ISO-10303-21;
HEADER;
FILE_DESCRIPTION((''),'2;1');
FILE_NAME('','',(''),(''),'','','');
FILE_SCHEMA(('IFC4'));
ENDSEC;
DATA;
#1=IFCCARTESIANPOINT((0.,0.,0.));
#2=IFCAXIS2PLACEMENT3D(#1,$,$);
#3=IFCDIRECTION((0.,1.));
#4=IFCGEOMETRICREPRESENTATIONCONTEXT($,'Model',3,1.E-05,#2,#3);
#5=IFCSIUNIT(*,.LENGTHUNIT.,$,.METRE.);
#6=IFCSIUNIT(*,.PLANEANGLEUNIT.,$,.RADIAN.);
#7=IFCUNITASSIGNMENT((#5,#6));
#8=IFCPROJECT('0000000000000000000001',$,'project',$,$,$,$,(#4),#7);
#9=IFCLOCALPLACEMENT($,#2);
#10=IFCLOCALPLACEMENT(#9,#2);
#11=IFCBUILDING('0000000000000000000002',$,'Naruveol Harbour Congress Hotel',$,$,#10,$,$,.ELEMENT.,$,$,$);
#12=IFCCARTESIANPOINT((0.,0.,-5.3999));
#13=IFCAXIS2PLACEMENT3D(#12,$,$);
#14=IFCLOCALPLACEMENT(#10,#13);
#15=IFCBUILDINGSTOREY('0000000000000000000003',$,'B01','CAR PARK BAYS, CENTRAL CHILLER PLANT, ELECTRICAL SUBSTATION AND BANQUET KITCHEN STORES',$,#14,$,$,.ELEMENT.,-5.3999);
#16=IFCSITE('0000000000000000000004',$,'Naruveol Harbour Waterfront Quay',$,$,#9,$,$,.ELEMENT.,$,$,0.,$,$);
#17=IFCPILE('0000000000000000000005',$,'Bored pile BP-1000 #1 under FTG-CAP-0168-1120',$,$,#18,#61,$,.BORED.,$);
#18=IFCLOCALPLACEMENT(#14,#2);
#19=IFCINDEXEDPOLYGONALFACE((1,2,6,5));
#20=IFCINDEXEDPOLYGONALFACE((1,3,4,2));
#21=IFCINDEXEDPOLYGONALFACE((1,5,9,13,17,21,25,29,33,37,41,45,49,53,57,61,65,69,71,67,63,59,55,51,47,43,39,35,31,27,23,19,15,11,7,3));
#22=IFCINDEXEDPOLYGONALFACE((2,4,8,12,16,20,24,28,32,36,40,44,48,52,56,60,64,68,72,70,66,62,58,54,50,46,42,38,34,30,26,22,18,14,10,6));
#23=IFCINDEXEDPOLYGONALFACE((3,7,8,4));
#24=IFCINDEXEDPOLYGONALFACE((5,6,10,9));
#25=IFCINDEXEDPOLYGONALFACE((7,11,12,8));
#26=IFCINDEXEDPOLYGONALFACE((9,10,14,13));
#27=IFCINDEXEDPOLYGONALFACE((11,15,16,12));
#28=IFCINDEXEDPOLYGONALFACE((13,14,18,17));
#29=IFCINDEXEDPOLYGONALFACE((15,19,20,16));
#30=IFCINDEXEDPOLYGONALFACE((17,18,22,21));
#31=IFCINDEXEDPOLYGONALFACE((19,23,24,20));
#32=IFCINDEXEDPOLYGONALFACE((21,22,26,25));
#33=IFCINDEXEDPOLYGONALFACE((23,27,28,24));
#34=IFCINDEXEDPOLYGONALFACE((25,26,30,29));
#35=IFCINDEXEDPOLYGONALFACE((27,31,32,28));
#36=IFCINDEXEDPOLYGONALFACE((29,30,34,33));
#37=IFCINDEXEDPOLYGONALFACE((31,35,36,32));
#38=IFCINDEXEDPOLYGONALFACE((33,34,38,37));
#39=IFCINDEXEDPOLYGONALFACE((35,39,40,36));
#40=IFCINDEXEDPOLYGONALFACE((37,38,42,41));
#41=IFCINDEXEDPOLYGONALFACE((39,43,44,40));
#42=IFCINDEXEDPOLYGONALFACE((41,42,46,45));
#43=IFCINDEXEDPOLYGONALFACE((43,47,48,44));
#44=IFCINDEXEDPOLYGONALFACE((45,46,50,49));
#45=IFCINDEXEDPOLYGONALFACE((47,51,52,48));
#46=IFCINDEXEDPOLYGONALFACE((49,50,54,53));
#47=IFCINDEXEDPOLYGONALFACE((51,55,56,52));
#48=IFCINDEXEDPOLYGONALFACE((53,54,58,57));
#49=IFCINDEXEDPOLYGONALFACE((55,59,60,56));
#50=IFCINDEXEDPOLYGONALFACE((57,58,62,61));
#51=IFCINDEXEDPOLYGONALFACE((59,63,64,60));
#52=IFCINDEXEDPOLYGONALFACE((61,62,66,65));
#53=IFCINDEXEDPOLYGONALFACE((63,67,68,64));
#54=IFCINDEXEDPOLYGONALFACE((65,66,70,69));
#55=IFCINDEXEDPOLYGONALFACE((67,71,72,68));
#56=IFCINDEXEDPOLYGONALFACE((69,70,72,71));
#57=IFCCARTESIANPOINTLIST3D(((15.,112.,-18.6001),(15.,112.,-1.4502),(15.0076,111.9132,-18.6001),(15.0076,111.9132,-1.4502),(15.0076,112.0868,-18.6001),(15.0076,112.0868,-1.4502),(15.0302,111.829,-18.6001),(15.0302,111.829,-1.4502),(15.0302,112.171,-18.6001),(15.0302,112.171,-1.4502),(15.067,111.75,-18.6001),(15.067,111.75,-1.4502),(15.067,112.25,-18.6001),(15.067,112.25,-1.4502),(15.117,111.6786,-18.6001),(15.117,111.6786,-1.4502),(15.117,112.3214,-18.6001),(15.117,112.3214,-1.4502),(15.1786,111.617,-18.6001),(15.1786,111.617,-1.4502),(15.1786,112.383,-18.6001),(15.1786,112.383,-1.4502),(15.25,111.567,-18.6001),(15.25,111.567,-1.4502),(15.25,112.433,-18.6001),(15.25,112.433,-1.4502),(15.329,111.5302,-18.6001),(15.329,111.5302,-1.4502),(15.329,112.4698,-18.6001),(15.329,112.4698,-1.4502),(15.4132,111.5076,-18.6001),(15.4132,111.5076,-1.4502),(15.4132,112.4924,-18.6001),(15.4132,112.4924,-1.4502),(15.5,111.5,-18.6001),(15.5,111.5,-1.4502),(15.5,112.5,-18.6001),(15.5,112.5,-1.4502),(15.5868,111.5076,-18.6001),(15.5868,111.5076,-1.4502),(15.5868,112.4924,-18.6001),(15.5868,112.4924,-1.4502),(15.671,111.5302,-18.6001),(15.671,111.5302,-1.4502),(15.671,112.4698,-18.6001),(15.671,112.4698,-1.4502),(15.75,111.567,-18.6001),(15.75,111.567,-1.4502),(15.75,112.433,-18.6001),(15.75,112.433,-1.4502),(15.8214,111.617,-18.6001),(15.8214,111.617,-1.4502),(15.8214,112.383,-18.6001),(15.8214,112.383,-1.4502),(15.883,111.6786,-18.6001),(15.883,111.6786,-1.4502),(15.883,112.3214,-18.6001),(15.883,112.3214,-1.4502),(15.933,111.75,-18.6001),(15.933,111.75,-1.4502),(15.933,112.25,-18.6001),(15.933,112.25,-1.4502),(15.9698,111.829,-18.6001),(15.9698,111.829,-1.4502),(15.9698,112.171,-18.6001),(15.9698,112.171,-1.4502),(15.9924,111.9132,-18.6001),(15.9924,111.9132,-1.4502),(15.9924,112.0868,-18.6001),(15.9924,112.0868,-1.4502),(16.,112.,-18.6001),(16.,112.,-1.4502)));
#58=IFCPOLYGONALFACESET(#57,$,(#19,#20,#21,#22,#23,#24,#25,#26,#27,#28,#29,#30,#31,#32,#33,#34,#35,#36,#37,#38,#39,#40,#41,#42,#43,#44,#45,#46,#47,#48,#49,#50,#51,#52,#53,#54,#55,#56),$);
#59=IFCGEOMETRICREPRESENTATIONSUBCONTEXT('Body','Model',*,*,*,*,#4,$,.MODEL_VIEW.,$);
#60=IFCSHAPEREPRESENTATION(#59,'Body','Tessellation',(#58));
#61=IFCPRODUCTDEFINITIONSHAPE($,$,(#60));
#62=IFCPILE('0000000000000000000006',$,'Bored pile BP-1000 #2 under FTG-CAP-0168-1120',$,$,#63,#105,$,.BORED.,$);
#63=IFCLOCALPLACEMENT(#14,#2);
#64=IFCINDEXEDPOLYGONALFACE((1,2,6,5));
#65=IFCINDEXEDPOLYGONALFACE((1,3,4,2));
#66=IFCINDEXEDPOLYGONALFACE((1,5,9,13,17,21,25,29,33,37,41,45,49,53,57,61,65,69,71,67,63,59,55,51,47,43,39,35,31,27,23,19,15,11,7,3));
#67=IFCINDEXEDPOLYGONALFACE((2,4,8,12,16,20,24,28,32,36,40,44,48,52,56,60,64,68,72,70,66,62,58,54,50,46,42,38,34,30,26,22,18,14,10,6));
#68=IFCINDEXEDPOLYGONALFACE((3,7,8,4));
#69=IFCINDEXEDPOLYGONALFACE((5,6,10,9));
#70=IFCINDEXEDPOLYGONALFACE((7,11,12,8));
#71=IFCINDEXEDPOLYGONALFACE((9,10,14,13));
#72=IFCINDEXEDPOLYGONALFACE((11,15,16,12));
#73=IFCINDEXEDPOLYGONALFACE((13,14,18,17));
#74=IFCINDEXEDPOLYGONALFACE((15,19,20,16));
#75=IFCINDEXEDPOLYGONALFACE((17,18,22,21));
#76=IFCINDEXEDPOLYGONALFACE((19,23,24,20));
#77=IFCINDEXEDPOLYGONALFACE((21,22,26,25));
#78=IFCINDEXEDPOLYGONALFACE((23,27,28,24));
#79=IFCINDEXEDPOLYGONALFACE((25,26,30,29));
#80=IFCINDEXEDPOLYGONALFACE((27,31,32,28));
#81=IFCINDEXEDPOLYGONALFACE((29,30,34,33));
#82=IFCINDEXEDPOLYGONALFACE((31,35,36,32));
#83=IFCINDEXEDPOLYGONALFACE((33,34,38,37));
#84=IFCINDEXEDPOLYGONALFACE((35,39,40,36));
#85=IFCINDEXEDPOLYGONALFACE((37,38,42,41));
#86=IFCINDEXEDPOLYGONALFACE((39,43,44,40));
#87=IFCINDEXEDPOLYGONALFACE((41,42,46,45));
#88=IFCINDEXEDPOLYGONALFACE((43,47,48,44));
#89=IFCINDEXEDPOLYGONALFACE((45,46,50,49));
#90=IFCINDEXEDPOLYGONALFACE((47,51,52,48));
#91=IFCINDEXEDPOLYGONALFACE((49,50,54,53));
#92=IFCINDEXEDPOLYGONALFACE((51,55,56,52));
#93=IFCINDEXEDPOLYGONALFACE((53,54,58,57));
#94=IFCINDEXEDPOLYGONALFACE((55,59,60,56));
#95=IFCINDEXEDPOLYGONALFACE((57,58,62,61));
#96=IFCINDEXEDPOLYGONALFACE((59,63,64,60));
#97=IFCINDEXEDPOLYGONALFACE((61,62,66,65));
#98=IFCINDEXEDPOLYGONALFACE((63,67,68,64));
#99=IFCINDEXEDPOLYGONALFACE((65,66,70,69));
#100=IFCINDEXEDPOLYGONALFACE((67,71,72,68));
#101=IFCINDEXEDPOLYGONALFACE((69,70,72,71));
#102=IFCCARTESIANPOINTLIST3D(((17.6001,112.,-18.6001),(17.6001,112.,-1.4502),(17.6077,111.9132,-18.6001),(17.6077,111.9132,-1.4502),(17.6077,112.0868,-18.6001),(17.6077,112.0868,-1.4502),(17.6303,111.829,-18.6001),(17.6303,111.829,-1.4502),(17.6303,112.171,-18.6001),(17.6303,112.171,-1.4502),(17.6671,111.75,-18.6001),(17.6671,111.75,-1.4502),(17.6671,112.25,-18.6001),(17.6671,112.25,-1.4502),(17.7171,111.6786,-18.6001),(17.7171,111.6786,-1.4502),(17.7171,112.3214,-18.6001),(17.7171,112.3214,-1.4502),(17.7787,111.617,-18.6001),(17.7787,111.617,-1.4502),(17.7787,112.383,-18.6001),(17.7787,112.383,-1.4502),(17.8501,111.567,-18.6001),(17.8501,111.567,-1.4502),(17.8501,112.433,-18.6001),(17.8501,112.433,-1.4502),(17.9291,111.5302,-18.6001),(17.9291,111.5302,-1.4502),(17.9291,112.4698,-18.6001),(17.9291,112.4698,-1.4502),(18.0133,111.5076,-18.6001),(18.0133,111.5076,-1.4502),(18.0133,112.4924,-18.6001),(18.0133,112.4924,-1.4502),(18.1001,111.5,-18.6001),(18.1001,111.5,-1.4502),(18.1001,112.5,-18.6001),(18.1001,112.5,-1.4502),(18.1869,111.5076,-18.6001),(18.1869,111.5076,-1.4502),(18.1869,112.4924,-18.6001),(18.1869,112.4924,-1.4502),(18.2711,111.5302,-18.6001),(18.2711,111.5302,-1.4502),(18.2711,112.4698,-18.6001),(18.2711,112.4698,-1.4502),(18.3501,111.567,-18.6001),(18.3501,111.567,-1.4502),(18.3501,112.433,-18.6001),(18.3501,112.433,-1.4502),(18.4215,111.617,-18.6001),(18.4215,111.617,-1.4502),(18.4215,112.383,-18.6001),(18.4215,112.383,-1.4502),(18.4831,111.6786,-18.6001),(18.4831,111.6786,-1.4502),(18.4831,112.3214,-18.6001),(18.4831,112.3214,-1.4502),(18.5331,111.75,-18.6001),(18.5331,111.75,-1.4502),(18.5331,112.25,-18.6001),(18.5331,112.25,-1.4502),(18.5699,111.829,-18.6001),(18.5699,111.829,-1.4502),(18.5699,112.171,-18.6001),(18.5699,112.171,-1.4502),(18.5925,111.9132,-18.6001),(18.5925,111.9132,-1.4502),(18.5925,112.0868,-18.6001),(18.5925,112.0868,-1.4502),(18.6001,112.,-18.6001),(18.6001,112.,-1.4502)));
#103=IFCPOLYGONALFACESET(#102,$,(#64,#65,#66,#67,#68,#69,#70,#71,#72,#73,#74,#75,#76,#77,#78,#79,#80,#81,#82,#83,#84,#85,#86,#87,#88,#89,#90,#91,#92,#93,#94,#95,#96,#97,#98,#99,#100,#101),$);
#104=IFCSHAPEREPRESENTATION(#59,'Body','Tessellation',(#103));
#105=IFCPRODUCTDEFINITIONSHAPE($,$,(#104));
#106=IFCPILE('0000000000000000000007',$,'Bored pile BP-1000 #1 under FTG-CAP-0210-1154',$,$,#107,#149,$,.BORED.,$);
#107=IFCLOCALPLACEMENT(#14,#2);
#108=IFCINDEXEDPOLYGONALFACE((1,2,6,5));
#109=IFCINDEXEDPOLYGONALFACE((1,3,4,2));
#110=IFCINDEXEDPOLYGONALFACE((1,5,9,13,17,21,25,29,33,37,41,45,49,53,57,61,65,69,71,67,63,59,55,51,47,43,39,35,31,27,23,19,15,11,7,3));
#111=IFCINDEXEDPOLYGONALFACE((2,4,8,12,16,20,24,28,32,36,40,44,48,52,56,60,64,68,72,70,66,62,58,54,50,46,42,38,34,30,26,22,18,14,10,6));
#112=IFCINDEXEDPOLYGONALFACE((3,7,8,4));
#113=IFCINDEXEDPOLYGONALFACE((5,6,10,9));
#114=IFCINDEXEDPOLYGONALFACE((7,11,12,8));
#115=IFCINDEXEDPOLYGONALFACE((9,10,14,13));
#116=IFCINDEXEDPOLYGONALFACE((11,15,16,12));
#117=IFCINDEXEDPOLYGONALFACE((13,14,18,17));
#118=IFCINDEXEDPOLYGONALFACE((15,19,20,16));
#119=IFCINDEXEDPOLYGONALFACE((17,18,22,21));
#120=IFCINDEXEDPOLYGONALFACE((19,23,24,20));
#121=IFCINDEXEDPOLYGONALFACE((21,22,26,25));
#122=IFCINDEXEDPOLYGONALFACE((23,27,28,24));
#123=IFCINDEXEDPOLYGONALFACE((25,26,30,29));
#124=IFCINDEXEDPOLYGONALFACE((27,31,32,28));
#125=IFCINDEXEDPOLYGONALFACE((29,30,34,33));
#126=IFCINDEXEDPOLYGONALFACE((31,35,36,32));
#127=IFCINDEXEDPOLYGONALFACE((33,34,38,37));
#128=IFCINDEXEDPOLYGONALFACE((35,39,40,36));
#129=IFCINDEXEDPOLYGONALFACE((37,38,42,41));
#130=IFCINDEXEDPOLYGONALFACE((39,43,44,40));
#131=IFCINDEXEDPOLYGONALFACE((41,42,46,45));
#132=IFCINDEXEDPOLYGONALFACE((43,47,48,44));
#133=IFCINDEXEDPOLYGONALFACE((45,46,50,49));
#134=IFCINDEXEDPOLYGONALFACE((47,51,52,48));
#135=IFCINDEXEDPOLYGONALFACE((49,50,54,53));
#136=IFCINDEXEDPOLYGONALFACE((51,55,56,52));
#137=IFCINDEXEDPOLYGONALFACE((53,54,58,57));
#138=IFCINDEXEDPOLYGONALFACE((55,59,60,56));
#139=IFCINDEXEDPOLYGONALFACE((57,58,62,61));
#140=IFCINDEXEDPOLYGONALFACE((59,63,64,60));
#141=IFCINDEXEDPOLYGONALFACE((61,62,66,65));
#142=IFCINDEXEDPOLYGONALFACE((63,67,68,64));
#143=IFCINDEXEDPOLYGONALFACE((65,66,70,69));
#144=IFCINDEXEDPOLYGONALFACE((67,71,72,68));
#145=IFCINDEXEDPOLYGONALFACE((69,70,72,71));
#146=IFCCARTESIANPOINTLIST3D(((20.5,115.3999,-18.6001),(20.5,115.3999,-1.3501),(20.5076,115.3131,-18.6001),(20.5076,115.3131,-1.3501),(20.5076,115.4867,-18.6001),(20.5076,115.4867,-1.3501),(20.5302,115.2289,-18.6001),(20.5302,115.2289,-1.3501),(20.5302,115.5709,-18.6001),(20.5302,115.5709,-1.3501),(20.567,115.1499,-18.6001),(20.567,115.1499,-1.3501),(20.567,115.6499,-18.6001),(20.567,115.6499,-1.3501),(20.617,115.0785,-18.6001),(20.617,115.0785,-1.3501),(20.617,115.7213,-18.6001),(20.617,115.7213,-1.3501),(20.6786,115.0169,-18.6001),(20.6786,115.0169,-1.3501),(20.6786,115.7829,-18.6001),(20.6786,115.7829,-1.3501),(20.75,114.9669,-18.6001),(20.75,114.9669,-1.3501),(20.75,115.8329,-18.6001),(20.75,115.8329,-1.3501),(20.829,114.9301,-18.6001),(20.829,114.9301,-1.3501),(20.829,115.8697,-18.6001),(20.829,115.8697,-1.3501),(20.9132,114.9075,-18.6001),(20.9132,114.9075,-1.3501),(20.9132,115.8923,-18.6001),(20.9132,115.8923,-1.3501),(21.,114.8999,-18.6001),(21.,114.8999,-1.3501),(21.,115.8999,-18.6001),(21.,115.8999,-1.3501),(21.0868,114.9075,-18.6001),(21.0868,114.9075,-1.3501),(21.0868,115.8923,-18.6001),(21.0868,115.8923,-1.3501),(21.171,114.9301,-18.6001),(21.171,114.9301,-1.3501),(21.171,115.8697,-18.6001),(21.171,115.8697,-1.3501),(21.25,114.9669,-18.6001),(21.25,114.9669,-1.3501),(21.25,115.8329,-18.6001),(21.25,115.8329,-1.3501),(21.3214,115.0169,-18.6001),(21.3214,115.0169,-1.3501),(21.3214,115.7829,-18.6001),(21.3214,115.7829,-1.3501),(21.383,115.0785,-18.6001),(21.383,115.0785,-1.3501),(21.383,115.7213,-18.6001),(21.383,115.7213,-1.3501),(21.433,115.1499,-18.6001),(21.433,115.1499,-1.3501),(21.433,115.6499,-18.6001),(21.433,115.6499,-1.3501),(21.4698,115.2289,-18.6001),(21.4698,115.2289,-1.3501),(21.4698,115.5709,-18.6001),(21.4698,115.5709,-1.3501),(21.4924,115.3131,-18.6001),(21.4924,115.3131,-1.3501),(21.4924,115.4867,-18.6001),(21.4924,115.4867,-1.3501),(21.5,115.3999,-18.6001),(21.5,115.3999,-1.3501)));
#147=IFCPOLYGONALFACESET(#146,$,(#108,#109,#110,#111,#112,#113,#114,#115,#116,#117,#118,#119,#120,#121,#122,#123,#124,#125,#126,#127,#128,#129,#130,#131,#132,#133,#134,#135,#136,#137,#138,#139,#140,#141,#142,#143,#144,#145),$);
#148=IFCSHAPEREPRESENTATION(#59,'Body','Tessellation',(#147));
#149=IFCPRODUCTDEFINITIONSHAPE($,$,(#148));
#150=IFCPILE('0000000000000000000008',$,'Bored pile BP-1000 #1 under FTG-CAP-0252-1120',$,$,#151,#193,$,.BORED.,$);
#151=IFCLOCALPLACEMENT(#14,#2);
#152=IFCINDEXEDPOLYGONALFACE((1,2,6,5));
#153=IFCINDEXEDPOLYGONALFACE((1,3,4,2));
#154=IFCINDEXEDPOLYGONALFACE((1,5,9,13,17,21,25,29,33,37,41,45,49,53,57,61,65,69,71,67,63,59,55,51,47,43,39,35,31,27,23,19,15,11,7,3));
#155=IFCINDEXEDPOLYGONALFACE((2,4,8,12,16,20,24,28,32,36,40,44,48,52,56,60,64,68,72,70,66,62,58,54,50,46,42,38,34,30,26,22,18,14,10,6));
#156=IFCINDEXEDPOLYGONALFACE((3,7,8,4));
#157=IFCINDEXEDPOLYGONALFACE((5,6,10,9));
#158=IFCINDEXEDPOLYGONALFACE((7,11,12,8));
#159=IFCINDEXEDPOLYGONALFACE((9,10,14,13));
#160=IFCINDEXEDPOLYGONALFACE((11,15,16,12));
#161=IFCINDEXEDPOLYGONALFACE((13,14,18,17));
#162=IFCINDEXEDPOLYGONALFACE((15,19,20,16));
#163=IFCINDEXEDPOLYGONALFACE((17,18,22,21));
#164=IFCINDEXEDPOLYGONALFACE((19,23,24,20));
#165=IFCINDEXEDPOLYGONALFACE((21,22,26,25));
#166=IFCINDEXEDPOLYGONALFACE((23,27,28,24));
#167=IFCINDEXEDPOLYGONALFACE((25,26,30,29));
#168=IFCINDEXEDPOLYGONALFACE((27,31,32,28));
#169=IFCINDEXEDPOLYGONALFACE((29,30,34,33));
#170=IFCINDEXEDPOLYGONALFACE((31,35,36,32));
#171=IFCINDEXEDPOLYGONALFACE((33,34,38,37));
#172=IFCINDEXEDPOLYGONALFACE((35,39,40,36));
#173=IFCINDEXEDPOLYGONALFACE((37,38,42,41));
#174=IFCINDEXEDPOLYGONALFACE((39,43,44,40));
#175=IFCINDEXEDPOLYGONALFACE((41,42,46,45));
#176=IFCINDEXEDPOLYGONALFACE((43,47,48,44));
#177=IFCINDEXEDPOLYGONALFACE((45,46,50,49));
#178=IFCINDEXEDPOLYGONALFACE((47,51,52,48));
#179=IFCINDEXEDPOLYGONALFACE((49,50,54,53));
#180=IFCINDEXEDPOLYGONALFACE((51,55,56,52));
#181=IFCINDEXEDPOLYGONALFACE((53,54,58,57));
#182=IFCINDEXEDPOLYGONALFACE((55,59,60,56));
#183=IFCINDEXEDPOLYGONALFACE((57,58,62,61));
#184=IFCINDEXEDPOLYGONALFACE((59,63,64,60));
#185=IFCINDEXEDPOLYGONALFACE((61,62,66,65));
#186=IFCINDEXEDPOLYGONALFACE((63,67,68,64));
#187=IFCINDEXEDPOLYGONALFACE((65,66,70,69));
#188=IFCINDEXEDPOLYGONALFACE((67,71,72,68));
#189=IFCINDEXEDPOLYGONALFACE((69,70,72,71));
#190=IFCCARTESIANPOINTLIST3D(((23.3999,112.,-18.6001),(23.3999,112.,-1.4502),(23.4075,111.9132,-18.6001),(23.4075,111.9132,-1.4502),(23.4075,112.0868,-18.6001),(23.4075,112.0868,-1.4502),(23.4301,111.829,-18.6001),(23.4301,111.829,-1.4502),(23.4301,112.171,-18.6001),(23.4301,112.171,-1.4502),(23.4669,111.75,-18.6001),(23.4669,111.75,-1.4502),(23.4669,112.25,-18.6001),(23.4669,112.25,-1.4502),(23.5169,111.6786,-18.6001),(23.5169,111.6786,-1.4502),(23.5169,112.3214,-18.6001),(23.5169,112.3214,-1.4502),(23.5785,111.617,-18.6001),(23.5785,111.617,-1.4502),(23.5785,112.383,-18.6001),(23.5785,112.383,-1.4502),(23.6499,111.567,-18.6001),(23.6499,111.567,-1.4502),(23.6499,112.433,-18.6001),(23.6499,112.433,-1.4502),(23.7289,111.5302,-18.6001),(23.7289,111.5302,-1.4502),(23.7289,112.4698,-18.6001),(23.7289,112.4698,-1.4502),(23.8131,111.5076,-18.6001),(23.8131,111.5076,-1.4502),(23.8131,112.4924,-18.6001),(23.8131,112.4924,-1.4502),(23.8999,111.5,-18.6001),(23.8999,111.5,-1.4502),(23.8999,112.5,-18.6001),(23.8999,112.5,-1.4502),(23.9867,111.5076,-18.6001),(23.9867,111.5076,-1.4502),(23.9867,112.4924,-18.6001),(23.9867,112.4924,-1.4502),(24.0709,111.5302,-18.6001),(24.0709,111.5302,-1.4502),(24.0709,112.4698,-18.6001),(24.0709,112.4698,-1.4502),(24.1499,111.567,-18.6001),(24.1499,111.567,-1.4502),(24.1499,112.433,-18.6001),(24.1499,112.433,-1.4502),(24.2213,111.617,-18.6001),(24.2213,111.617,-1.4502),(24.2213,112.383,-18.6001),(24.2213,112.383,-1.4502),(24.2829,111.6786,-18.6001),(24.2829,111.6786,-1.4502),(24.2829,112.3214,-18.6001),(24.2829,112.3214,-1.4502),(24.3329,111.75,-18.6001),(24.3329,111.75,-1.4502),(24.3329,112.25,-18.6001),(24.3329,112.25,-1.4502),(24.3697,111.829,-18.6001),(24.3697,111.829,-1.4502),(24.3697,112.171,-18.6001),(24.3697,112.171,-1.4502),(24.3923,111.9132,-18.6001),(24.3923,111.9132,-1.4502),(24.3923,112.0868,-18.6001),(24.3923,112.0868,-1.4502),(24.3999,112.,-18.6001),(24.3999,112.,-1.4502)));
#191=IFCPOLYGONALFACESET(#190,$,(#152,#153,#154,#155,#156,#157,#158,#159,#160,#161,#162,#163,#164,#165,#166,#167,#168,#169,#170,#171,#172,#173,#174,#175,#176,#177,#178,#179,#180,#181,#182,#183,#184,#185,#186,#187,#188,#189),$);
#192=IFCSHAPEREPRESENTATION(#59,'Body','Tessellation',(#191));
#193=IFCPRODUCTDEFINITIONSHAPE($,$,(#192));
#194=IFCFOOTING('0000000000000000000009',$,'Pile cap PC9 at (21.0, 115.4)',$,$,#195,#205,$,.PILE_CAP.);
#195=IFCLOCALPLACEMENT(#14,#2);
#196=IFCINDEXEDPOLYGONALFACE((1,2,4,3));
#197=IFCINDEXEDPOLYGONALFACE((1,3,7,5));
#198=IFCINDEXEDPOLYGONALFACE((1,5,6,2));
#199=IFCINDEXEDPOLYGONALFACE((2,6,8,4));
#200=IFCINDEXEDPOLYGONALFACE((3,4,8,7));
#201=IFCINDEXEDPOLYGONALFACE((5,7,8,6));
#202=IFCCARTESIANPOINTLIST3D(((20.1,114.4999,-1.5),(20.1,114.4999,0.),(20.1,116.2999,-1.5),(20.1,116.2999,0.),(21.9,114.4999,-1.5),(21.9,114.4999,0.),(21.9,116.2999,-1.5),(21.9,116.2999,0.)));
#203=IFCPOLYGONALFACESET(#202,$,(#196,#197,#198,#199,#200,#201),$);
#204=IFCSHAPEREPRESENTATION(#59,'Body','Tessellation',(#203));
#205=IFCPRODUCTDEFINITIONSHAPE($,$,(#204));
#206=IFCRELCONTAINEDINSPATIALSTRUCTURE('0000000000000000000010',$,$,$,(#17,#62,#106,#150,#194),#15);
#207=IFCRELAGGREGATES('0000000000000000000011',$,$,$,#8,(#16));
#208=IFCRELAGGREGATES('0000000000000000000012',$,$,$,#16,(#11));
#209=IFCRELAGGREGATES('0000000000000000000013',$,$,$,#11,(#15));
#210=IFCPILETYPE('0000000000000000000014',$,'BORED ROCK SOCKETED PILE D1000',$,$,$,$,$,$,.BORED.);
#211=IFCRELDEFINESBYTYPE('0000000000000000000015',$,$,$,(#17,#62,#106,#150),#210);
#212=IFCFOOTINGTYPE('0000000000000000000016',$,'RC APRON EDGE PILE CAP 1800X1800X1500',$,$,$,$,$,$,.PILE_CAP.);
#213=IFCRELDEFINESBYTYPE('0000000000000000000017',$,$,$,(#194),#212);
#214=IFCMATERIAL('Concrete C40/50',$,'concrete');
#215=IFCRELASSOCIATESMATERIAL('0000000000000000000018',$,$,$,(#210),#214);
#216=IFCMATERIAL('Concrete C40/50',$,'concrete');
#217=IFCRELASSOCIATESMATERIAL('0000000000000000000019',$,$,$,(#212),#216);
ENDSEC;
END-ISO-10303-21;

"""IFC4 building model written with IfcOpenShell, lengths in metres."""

from ifc_helpers import new_model, si_unit, direction, frame, origin, origin_2d, place, context, subcontext, project, spatial, rectangle, circle, extrude, material, material_profile, profile_set, type_object, element, save


model = new_model("IFC4")

# Units and contexts
model_context = context("Model", 3, precision=1e-05, world=origin(), true_north=direction((0.0, 1.0)))
body_context = subcontext(model_context, "Body", "Model", "MODEL_VIEW")
ifc_project = project(units=[si_unit("LENGTHUNIT", "METRE"), si_unit("PLANEANGLEUNIT", "RADIAN")], contexts=[model_context])

# Site, building, storey
site_placement = place(None, origin())
site = spatial("IfcSite", under=ifc_project, at=site_placement, Name="Naruveol Harbour Waterfront Quay", CompositionType="ELEMENT", RefElevation=0.0)
building_placement = place(site_placement, origin())
building = spatial("IfcBuilding", under=site, at=building_placement, Name="Naruveol Harbour Congress Hotel", CompositionType="ELEMENT")
storey_placement = place(building_placement, frame((0.0, 0.0, -5.3999)))
storey = spatial("IfcBuildingStorey", under=building, at=storey_placement, Name="B01", Description="CAR PARK BAYS, CENTRAL CHILLER PLANT, ELECTRICAL SUBSTATION AND BANQUET KITCHEN STORES", CompositionType="ELEMENT", Elevation=-5.3999)

# Piles
ifc_material_1 = material(Name="Concrete C40/50", Category="concrete")
ifc_material_profile_1 = material_profile(ifc_material_1, circle(Radius=0.5, at=origin_2d()), Name="BP-1000")
ifc_profile_set_1 = profile_set([ifc_material_profile_1], Name="Concrete C40/50")
pile_type = type_object("IfcPileType", Name="BORED ROCK SOCKETED PILE D1000", PredefinedType="BORED", material=ifc_profile_set_1)
for number, where, z_axis, x_axis, name in (
    (1, (15.5, 112.0, -1.4502), (0.0, 0.0, -1.0), (1.0, 0.0, 0.0), "Bored pile BP-1000 #1 under FTG-CAP-0168-1120"),
    (2, (18.1001, 112.0, -1.4502), (0.0, 0.0, -1.0), (1.0, 0.0, 0.0), "Bored pile BP-1000 #2 under FTG-CAP-0168-1120"),
):
    element("IfcPile", number, at=place(storey_placement, frame(where, z_axis=z_axis, x_axis=x_axis)), inside=storey, type_object=pile_type, Name=name, PredefinedType="BORED", context=body_context, shape_type="SweptSolid", body=[
        extrude(circle(Radius=0.5, at=origin_2d()), origin(), (0.0, 0.0, 1.0), 17.1499),
    ])
pile_1_placement = place(storey_placement, frame((21.0, 115.3999, -1.3501), z_axis=(0.0, 0.0, -1.0), x_axis=(1.0, 0.0, 0.0)))
element("IfcPile", 3, at=pile_1_placement, inside=storey, type_object=pile_type, Name="Bored pile BP-1000 #1 under FTG-CAP-0210-1154", PredefinedType="BORED", context=body_context, shape_type="SweptSolid", body=[
    extrude(circle(Radius=0.5, at=origin_2d()), origin(), (0.0, 0.0, 1.0), 17.25),
])
pile_2_placement = place(storey_placement, frame((23.8999, 112.0, -1.4502), z_axis=(0.0, 0.0, -1.0), x_axis=(1.0, 0.0, 0.0)))
element("IfcPile", 4, at=pile_2_placement, inside=storey, type_object=pile_type, Name="Bored pile BP-1000 #1 under FTG-CAP-0252-1120", PredefinedType="BORED", context=body_context, shape_type="SweptSolid", body=[
    extrude(circle(Radius=0.5, at=origin_2d()), origin(), (0.0, 0.0, 1.0), 17.1499),
])

# Footing
ifc_material_2 = material(Name="Concrete C40/50", Category="concrete")
footing_type_1 = type_object("IfcFootingType", Name="RC APRON EDGE PILE CAP 1800X1800X1500", PredefinedType="PILE_CAP", material=ifc_material_2)
footing_1_placement = place(storey_placement, frame((21.0, 115.3999, -1.5), z_axis=(0.0, 0.0, 1.0), x_axis=(1.0, 0.0, 0.0)))
element("IfcFooting", 5, at=footing_1_placement, inside=storey, type_object=footing_type_1, Name="Pile cap PC9 at (21.0, 115.4)", PredefinedType="PILE_CAP", context=body_context, shape_type="SweptSolid", body=[
    extrude(rectangle(XDim=1.8, YDim=1.8, at=origin_2d()), origin(), (0.0, 0.0, 1.0), 1.5),
])

save(model, "model.ifc")
